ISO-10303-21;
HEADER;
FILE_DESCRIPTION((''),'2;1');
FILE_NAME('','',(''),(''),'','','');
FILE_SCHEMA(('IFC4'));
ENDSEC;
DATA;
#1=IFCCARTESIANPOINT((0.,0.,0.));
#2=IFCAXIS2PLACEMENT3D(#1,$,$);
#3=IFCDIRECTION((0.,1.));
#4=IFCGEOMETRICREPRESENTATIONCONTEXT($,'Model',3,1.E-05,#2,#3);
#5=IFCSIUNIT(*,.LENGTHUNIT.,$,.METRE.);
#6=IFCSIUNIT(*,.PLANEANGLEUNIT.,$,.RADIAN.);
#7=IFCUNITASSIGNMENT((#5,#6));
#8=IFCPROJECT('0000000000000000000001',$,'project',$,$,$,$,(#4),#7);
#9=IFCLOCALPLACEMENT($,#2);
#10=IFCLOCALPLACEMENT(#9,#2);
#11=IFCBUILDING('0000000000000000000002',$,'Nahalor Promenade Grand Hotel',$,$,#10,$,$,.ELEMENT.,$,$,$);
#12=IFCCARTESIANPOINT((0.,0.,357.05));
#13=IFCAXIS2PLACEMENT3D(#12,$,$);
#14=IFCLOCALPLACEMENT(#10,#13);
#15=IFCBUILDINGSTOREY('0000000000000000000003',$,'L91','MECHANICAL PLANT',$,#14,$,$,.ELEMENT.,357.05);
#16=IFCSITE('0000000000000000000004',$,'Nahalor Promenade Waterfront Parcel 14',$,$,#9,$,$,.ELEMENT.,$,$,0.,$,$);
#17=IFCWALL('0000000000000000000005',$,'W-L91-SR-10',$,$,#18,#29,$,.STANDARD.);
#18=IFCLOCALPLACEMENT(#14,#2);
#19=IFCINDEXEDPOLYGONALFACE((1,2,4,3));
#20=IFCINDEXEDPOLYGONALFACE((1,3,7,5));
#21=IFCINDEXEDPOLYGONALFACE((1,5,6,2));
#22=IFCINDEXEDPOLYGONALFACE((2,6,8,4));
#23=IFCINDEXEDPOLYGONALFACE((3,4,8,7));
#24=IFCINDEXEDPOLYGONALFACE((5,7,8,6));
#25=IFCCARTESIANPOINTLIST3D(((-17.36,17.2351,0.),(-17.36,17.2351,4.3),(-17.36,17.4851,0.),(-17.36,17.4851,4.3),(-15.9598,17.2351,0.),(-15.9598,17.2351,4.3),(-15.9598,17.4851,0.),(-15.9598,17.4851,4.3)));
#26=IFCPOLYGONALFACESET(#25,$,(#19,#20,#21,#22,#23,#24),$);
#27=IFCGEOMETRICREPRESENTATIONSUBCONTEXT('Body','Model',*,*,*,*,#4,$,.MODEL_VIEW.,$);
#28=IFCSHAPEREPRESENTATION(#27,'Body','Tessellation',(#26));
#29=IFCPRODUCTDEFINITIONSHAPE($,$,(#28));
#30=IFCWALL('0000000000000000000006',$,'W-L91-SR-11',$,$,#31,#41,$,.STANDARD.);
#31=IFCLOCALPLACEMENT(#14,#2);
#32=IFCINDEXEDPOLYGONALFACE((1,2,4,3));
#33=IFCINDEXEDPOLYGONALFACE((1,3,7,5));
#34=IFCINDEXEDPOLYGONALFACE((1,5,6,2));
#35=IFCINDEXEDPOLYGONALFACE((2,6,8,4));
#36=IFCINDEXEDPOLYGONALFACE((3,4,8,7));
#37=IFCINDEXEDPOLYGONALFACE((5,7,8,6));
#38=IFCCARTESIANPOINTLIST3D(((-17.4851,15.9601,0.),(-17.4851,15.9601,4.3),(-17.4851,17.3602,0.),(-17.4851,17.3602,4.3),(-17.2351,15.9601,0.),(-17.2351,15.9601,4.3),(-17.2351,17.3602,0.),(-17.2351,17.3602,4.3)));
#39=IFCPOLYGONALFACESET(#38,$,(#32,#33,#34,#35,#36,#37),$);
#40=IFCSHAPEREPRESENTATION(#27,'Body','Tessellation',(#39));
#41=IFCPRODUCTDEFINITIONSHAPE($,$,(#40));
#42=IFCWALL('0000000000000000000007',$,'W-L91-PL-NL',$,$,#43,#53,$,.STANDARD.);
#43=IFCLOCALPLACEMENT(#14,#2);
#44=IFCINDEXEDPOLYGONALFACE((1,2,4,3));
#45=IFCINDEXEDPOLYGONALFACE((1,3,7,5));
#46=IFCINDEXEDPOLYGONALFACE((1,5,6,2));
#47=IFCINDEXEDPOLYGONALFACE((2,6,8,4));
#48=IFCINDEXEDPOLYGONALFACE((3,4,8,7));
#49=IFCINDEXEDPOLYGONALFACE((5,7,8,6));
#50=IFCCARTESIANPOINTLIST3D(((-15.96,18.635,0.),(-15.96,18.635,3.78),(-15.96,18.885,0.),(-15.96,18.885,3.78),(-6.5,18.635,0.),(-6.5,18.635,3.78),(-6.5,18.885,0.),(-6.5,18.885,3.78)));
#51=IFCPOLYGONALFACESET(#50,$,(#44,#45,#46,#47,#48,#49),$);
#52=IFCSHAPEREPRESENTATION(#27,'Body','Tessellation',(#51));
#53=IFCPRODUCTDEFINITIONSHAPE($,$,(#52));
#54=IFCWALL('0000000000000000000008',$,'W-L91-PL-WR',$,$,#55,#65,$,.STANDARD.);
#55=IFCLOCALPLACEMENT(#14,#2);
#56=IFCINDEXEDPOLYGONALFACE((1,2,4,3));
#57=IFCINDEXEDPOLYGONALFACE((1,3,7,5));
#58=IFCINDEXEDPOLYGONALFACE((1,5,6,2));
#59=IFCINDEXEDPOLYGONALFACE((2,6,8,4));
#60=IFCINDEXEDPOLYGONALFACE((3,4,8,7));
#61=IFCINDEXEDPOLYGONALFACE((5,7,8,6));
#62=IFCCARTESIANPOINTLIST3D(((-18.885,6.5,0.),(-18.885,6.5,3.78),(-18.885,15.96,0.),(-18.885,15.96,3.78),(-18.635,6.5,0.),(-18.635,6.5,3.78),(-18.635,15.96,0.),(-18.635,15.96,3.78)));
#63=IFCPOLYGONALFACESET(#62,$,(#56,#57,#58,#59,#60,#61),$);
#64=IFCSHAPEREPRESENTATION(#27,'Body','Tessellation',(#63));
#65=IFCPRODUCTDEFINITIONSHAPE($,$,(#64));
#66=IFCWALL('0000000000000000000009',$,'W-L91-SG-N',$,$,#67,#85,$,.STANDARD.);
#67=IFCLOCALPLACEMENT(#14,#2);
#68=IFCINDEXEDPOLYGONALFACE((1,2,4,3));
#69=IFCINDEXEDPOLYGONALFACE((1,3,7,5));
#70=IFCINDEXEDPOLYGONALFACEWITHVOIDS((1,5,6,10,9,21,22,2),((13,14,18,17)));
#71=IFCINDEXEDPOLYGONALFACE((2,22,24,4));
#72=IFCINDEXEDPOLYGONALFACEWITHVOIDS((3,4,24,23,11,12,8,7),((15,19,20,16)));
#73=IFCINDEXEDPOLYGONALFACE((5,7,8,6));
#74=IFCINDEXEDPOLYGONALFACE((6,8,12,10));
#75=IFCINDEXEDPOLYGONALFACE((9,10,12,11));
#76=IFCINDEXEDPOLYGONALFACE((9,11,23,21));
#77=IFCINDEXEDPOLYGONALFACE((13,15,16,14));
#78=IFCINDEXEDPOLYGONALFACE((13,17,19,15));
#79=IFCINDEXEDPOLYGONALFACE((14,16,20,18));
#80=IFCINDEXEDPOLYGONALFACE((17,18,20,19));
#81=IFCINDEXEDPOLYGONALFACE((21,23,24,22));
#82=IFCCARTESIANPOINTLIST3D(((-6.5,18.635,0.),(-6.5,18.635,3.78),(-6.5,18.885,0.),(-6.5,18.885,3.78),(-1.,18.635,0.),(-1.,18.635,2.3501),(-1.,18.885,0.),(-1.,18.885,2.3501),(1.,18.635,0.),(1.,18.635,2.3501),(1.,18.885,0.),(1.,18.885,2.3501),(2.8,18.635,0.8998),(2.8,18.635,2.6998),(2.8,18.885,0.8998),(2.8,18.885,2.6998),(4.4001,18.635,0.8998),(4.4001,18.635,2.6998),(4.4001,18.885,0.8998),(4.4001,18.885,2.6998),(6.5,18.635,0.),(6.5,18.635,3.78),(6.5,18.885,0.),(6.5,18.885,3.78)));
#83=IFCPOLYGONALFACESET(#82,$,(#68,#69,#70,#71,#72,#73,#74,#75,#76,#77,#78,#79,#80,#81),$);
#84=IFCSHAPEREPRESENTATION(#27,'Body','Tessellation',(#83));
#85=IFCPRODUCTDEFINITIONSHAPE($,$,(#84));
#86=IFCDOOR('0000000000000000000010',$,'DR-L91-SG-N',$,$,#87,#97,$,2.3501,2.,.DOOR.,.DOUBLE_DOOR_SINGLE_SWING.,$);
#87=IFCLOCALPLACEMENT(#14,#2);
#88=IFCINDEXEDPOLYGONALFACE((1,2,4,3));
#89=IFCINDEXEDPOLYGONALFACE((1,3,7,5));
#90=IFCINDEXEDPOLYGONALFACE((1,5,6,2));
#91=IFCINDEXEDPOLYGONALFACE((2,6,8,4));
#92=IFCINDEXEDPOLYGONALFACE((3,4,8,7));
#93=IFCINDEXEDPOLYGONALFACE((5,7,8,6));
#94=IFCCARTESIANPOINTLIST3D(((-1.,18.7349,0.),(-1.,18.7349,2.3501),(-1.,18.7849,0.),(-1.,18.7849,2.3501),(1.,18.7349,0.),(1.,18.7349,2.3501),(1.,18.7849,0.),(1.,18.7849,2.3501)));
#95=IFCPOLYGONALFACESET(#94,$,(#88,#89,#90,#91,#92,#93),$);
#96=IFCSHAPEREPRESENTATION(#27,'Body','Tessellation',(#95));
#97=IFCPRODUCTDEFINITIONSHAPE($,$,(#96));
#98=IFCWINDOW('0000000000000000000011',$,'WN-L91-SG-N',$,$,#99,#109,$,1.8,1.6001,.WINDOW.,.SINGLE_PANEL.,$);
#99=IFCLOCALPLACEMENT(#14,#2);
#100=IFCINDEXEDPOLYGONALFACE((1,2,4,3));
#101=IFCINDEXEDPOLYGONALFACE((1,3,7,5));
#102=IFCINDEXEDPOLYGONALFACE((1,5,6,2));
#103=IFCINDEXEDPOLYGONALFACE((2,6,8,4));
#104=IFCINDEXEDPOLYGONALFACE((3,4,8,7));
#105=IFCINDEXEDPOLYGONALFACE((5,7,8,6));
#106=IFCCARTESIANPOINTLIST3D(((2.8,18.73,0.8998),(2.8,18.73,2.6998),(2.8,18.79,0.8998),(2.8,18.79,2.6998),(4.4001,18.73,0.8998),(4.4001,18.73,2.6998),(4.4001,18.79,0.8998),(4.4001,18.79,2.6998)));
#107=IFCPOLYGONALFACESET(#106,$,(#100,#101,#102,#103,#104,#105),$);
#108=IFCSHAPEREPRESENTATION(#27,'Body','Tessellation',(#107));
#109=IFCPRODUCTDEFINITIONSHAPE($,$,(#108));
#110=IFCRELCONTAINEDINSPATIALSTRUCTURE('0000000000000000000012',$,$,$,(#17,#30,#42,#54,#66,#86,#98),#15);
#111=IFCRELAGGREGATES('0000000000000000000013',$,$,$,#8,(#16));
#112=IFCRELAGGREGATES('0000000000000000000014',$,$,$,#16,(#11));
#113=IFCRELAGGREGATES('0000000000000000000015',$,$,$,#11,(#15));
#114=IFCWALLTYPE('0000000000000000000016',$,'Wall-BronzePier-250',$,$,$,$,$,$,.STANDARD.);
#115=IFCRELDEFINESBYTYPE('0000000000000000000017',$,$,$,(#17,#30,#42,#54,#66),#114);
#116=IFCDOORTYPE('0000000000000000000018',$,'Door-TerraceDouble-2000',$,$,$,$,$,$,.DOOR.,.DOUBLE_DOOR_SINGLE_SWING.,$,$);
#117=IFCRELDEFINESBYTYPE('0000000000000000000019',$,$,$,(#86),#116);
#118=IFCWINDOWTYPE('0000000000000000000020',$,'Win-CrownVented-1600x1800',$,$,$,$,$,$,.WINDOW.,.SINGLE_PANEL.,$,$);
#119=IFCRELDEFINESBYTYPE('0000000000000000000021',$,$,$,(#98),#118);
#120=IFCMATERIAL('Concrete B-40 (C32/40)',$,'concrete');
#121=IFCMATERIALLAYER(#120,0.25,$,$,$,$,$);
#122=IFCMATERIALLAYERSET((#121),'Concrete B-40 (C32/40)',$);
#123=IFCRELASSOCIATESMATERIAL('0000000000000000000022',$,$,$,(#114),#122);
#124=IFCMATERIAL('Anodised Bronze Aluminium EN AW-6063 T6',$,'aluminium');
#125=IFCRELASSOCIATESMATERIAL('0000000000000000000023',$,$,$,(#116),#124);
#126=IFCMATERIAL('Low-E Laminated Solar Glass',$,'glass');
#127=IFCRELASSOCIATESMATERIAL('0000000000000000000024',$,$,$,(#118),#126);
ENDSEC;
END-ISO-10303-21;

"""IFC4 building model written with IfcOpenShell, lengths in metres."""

from ifc_helpers import new_model, si_unit, direction, frame, frame_2d, origin, place, context, subcontext, project, spatial, rectangle, extrude, source, transform, mapped, material, layer, layer_set, type_object, element, fill, save


model = new_model("IFC4")

# Units and contexts
model_context = context("Model", 3, precision=1e-05, world=origin(), true_north=direction((0.0, 1.0)))
body_context = subcontext(model_context, "Body", "Model", "MODEL_VIEW")
ifc_project = project(units=[si_unit("LENGTHUNIT", "METRE"), si_unit("PLANEANGLEUNIT", "RADIAN")], contexts=[model_context])

# Site, building, storey
site_placement = place(None, origin())
site = spatial("IfcSite", under=ifc_project, at=site_placement, Name="Nahalor Promenade Waterfront Parcel 14", CompositionType="ELEMENT", RefElevation=0.0)
building_placement = place(site_placement, origin())
building = spatial("IfcBuilding", under=site, at=building_placement, Name="Nahalor Promenade Grand Hotel", CompositionType="ELEMENT")
storey_placement = place(building_placement, frame((0.0, 0.0, 357.05)))
storey = spatial("IfcBuildingStorey", under=building, at=storey_placement, Name="L91", Description="MECHANICAL PLANT", CompositionType="ELEMENT", Elevation=357.05)

# Walls
ifc_material_1 = material(Name="Concrete B-40 (C32/40)", Category="concrete")
ifc_layer_1 = layer(ifc_material_1, 0.25)
ifc_layer_set_1 = layer_set([ifc_layer_1], Name="Concrete B-40 (C32/40)")
wall_type = type_object("IfcWallType", Name="Wall-BronzePier-250", PredefinedType="STANDARD", material=ifc_layer_set_1)
shared_shape_1 = source(origin(), body_context, "Body", "SweptSolid", [
    extrude(rectangle(XDim=1.4001, YDim=0.25, at=frame_2d((0.7002, 0.0))), origin(), (0.0, 0.0, 1.0), 4.3),
])
for number, where, z_axis, x_axis, name in (
    (1, (-17.3601, 17.3601, 0.0), (0.0, 0.0, 1.0), (1.0, 0.0, 0.0), "W-L91-SR-10"),
    (2, (-17.3601, 15.96, 0.0), (0.0, 0.0, 1.0), (0.0, 1.0, 0.0), "W-L91-SR-11"),
):
    element("IfcWall", number, at=place(storey_placement, frame(where, z_axis=z_axis, x_axis=x_axis)), inside=storey, type_object=wall_type, Name=name, PredefinedType="STANDARD", context=body_context, shape_type="MappedRepresentation", body=[
        mapped(shared_shape_1, transform((0.0, 0.0, 0.0), scale=1.0)),
    ])
shared_shape_2 = source(origin(), body_context, "Body", "SweptSolid", [
    extrude(rectangle(XDim=9.46, YDim=0.25, at=frame_2d((4.73, 0.0))), origin(), (0.0, 0.0, 1.0), 3.78),
])
for number, where, z_axis, x_axis, name in (
    (3, (-15.96, 18.76, 0.0), (0.0, 0.0, 1.0), (1.0, 0.0, 0.0), "W-L91-PL-NL"),
    (4, (-18.76, 6.5, 0.0), (0.0, 0.0, 1.0), (0.0, 1.0, 0.0), "W-L91-PL-WR"),
):
    element("IfcWall", number, at=place(storey_placement, frame(where, z_axis=z_axis, x_axis=x_axis)), inside=storey, type_object=wall_type, Name=name, PredefinedType="STANDARD", context=body_context, shape_type="MappedRepresentation", body=[
        mapped(shared_shape_2, transform((0.0, 0.0, 0.0), scale=1.0)),
    ])

# Wall, openings, door, window
shared_shape_3 = source(origin(), body_context, "Body", "SweptSolid", [
    extrude(rectangle(XDim=13.0, YDim=0.25, at=frame_2d((6.5, 0.0))), origin(), (0.0, 0.0, 1.0), 3.78),
])
wall_placement = place(storey_placement, frame((-6.5, 18.76, 0.0), z_axis=(0.0, 0.0, 1.0), x_axis=(1.0, 0.0, 0.0)))
wall = element("IfcWall", 5, at=wall_placement, inside=storey, type_object=wall_type, Name="W-L91-SG-N", PredefinedType="STANDARD", context=body_context, shape_type="MappedRepresentation", body=[
    mapped(shared_shape_3, transform((0.0, 0.0, 0.0), scale=1.0)),
])
opening_1_placement = place(wall_placement, frame((5.5, 0.0, 0.0)))
opening_1 = element("IfcOpeningElement", 6, at=opening_1_placement, cuts=wall, PredefinedType="OPENING", context=body_context, shape_type="SweptSolid", body=[
    extrude(rectangle(XDim=2.0, YDim=2.3501, at=frame_2d((1.0, 1.175))), frame((0.0, 0.135, 0.0), z_axis=(0.0, -1.0, 0.0), x_axis=(1.0, 0.0, 0.0)), (0.0, 0.0, 1.0), 0.27),
])
opening_2_placement = place(wall_placement, frame((9.3, 0.0, 0.8999)))
opening_2 = element("IfcOpeningElement", 7, at=opening_2_placement, cuts=wall, PredefinedType="OPENING", context=body_context, shape_type="SweptSolid", body=[
    extrude(rectangle(XDim=1.6001, YDim=1.8, at=frame_2d((0.8, 0.8999))), frame((0.0, 0.135, 0.0), z_axis=(0.0, -1.0, 0.0), x_axis=(1.0, 0.0, 0.0)), (0.0, 0.0, 1.0), 0.27),
])
ifc_material_2 = material(Name="Anodised Bronze Aluminium EN AW-6063 T6", Category="aluminium")
door_type = type_object("IfcDoorType", Name="Door-TerraceDouble-2000", OperationType="DOUBLE_DOOR_SINGLE_SWING", PredefinedType="DOOR", material=ifc_material_2)
shared_shape_4 = source(origin(), body_context, "Body", "SweptSolid", [
    extrude(rectangle(XDim=2.0, YDim=2.3501, at=frame_2d((1.0, 1.175))), frame((0.0, 0.0249, 0.0), z_axis=(0.0, -1.0, 0.0), x_axis=(1.0, 0.0, 0.0)), (0.0, 0.0, 1.0), 0.05),
])
door_placement = place(opening_1_placement, origin())
door = element("IfcDoor", 8, at=door_placement, inside=storey, type_object=door_type, Name="DR-L91-SG-N", OperationType="DOUBLE_DOOR_SINGLE_SWING", OverallHeight=2.3501, OverallWidth=2.0, PredefinedType="DOOR", context=body_context, shape_type="MappedRepresentation", body=[
    mapped(shared_shape_4, transform((0.0, 0.0, 0.0), scale=1.0)),
])
fill(opening_1, door)
ifc_material_3 = material(Name="Low-E Laminated Solar Glass", Category="glass")
window_type = type_object("IfcWindowType", Name="Win-CrownVented-1600x1800", PartitioningType="SINGLE_PANEL", PredefinedType="WINDOW", material=ifc_material_3)
shared_shape_5 = source(origin(), body_context, "Body", "SweptSolid", [
    extrude(rectangle(XDim=1.6001, YDim=1.8, at=frame_2d((0.8, 0.8999))), frame((0.0, 0.03, 0.0), z_axis=(0.0, -1.0, 0.0), x_axis=(1.0, 0.0, 0.0)), (0.0, 0.0, 1.0), 0.0601),
])
window_placement = place(opening_2_placement, origin())
window = element("IfcWindow", 9, at=window_placement, inside=storey, type_object=window_type, Name="WN-L91-SG-N", OverallHeight=1.8, OverallWidth=1.6001, PartitioningType="SINGLE_PANEL", PredefinedType="WINDOW", context=body_context, shape_type="MappedRepresentation", body=[
    mapped(shared_shape_5, transform((0.0, 0.0, 0.0), scale=1.0)),
])
fill(opening_2, window)

save(model, "model.ifc")
